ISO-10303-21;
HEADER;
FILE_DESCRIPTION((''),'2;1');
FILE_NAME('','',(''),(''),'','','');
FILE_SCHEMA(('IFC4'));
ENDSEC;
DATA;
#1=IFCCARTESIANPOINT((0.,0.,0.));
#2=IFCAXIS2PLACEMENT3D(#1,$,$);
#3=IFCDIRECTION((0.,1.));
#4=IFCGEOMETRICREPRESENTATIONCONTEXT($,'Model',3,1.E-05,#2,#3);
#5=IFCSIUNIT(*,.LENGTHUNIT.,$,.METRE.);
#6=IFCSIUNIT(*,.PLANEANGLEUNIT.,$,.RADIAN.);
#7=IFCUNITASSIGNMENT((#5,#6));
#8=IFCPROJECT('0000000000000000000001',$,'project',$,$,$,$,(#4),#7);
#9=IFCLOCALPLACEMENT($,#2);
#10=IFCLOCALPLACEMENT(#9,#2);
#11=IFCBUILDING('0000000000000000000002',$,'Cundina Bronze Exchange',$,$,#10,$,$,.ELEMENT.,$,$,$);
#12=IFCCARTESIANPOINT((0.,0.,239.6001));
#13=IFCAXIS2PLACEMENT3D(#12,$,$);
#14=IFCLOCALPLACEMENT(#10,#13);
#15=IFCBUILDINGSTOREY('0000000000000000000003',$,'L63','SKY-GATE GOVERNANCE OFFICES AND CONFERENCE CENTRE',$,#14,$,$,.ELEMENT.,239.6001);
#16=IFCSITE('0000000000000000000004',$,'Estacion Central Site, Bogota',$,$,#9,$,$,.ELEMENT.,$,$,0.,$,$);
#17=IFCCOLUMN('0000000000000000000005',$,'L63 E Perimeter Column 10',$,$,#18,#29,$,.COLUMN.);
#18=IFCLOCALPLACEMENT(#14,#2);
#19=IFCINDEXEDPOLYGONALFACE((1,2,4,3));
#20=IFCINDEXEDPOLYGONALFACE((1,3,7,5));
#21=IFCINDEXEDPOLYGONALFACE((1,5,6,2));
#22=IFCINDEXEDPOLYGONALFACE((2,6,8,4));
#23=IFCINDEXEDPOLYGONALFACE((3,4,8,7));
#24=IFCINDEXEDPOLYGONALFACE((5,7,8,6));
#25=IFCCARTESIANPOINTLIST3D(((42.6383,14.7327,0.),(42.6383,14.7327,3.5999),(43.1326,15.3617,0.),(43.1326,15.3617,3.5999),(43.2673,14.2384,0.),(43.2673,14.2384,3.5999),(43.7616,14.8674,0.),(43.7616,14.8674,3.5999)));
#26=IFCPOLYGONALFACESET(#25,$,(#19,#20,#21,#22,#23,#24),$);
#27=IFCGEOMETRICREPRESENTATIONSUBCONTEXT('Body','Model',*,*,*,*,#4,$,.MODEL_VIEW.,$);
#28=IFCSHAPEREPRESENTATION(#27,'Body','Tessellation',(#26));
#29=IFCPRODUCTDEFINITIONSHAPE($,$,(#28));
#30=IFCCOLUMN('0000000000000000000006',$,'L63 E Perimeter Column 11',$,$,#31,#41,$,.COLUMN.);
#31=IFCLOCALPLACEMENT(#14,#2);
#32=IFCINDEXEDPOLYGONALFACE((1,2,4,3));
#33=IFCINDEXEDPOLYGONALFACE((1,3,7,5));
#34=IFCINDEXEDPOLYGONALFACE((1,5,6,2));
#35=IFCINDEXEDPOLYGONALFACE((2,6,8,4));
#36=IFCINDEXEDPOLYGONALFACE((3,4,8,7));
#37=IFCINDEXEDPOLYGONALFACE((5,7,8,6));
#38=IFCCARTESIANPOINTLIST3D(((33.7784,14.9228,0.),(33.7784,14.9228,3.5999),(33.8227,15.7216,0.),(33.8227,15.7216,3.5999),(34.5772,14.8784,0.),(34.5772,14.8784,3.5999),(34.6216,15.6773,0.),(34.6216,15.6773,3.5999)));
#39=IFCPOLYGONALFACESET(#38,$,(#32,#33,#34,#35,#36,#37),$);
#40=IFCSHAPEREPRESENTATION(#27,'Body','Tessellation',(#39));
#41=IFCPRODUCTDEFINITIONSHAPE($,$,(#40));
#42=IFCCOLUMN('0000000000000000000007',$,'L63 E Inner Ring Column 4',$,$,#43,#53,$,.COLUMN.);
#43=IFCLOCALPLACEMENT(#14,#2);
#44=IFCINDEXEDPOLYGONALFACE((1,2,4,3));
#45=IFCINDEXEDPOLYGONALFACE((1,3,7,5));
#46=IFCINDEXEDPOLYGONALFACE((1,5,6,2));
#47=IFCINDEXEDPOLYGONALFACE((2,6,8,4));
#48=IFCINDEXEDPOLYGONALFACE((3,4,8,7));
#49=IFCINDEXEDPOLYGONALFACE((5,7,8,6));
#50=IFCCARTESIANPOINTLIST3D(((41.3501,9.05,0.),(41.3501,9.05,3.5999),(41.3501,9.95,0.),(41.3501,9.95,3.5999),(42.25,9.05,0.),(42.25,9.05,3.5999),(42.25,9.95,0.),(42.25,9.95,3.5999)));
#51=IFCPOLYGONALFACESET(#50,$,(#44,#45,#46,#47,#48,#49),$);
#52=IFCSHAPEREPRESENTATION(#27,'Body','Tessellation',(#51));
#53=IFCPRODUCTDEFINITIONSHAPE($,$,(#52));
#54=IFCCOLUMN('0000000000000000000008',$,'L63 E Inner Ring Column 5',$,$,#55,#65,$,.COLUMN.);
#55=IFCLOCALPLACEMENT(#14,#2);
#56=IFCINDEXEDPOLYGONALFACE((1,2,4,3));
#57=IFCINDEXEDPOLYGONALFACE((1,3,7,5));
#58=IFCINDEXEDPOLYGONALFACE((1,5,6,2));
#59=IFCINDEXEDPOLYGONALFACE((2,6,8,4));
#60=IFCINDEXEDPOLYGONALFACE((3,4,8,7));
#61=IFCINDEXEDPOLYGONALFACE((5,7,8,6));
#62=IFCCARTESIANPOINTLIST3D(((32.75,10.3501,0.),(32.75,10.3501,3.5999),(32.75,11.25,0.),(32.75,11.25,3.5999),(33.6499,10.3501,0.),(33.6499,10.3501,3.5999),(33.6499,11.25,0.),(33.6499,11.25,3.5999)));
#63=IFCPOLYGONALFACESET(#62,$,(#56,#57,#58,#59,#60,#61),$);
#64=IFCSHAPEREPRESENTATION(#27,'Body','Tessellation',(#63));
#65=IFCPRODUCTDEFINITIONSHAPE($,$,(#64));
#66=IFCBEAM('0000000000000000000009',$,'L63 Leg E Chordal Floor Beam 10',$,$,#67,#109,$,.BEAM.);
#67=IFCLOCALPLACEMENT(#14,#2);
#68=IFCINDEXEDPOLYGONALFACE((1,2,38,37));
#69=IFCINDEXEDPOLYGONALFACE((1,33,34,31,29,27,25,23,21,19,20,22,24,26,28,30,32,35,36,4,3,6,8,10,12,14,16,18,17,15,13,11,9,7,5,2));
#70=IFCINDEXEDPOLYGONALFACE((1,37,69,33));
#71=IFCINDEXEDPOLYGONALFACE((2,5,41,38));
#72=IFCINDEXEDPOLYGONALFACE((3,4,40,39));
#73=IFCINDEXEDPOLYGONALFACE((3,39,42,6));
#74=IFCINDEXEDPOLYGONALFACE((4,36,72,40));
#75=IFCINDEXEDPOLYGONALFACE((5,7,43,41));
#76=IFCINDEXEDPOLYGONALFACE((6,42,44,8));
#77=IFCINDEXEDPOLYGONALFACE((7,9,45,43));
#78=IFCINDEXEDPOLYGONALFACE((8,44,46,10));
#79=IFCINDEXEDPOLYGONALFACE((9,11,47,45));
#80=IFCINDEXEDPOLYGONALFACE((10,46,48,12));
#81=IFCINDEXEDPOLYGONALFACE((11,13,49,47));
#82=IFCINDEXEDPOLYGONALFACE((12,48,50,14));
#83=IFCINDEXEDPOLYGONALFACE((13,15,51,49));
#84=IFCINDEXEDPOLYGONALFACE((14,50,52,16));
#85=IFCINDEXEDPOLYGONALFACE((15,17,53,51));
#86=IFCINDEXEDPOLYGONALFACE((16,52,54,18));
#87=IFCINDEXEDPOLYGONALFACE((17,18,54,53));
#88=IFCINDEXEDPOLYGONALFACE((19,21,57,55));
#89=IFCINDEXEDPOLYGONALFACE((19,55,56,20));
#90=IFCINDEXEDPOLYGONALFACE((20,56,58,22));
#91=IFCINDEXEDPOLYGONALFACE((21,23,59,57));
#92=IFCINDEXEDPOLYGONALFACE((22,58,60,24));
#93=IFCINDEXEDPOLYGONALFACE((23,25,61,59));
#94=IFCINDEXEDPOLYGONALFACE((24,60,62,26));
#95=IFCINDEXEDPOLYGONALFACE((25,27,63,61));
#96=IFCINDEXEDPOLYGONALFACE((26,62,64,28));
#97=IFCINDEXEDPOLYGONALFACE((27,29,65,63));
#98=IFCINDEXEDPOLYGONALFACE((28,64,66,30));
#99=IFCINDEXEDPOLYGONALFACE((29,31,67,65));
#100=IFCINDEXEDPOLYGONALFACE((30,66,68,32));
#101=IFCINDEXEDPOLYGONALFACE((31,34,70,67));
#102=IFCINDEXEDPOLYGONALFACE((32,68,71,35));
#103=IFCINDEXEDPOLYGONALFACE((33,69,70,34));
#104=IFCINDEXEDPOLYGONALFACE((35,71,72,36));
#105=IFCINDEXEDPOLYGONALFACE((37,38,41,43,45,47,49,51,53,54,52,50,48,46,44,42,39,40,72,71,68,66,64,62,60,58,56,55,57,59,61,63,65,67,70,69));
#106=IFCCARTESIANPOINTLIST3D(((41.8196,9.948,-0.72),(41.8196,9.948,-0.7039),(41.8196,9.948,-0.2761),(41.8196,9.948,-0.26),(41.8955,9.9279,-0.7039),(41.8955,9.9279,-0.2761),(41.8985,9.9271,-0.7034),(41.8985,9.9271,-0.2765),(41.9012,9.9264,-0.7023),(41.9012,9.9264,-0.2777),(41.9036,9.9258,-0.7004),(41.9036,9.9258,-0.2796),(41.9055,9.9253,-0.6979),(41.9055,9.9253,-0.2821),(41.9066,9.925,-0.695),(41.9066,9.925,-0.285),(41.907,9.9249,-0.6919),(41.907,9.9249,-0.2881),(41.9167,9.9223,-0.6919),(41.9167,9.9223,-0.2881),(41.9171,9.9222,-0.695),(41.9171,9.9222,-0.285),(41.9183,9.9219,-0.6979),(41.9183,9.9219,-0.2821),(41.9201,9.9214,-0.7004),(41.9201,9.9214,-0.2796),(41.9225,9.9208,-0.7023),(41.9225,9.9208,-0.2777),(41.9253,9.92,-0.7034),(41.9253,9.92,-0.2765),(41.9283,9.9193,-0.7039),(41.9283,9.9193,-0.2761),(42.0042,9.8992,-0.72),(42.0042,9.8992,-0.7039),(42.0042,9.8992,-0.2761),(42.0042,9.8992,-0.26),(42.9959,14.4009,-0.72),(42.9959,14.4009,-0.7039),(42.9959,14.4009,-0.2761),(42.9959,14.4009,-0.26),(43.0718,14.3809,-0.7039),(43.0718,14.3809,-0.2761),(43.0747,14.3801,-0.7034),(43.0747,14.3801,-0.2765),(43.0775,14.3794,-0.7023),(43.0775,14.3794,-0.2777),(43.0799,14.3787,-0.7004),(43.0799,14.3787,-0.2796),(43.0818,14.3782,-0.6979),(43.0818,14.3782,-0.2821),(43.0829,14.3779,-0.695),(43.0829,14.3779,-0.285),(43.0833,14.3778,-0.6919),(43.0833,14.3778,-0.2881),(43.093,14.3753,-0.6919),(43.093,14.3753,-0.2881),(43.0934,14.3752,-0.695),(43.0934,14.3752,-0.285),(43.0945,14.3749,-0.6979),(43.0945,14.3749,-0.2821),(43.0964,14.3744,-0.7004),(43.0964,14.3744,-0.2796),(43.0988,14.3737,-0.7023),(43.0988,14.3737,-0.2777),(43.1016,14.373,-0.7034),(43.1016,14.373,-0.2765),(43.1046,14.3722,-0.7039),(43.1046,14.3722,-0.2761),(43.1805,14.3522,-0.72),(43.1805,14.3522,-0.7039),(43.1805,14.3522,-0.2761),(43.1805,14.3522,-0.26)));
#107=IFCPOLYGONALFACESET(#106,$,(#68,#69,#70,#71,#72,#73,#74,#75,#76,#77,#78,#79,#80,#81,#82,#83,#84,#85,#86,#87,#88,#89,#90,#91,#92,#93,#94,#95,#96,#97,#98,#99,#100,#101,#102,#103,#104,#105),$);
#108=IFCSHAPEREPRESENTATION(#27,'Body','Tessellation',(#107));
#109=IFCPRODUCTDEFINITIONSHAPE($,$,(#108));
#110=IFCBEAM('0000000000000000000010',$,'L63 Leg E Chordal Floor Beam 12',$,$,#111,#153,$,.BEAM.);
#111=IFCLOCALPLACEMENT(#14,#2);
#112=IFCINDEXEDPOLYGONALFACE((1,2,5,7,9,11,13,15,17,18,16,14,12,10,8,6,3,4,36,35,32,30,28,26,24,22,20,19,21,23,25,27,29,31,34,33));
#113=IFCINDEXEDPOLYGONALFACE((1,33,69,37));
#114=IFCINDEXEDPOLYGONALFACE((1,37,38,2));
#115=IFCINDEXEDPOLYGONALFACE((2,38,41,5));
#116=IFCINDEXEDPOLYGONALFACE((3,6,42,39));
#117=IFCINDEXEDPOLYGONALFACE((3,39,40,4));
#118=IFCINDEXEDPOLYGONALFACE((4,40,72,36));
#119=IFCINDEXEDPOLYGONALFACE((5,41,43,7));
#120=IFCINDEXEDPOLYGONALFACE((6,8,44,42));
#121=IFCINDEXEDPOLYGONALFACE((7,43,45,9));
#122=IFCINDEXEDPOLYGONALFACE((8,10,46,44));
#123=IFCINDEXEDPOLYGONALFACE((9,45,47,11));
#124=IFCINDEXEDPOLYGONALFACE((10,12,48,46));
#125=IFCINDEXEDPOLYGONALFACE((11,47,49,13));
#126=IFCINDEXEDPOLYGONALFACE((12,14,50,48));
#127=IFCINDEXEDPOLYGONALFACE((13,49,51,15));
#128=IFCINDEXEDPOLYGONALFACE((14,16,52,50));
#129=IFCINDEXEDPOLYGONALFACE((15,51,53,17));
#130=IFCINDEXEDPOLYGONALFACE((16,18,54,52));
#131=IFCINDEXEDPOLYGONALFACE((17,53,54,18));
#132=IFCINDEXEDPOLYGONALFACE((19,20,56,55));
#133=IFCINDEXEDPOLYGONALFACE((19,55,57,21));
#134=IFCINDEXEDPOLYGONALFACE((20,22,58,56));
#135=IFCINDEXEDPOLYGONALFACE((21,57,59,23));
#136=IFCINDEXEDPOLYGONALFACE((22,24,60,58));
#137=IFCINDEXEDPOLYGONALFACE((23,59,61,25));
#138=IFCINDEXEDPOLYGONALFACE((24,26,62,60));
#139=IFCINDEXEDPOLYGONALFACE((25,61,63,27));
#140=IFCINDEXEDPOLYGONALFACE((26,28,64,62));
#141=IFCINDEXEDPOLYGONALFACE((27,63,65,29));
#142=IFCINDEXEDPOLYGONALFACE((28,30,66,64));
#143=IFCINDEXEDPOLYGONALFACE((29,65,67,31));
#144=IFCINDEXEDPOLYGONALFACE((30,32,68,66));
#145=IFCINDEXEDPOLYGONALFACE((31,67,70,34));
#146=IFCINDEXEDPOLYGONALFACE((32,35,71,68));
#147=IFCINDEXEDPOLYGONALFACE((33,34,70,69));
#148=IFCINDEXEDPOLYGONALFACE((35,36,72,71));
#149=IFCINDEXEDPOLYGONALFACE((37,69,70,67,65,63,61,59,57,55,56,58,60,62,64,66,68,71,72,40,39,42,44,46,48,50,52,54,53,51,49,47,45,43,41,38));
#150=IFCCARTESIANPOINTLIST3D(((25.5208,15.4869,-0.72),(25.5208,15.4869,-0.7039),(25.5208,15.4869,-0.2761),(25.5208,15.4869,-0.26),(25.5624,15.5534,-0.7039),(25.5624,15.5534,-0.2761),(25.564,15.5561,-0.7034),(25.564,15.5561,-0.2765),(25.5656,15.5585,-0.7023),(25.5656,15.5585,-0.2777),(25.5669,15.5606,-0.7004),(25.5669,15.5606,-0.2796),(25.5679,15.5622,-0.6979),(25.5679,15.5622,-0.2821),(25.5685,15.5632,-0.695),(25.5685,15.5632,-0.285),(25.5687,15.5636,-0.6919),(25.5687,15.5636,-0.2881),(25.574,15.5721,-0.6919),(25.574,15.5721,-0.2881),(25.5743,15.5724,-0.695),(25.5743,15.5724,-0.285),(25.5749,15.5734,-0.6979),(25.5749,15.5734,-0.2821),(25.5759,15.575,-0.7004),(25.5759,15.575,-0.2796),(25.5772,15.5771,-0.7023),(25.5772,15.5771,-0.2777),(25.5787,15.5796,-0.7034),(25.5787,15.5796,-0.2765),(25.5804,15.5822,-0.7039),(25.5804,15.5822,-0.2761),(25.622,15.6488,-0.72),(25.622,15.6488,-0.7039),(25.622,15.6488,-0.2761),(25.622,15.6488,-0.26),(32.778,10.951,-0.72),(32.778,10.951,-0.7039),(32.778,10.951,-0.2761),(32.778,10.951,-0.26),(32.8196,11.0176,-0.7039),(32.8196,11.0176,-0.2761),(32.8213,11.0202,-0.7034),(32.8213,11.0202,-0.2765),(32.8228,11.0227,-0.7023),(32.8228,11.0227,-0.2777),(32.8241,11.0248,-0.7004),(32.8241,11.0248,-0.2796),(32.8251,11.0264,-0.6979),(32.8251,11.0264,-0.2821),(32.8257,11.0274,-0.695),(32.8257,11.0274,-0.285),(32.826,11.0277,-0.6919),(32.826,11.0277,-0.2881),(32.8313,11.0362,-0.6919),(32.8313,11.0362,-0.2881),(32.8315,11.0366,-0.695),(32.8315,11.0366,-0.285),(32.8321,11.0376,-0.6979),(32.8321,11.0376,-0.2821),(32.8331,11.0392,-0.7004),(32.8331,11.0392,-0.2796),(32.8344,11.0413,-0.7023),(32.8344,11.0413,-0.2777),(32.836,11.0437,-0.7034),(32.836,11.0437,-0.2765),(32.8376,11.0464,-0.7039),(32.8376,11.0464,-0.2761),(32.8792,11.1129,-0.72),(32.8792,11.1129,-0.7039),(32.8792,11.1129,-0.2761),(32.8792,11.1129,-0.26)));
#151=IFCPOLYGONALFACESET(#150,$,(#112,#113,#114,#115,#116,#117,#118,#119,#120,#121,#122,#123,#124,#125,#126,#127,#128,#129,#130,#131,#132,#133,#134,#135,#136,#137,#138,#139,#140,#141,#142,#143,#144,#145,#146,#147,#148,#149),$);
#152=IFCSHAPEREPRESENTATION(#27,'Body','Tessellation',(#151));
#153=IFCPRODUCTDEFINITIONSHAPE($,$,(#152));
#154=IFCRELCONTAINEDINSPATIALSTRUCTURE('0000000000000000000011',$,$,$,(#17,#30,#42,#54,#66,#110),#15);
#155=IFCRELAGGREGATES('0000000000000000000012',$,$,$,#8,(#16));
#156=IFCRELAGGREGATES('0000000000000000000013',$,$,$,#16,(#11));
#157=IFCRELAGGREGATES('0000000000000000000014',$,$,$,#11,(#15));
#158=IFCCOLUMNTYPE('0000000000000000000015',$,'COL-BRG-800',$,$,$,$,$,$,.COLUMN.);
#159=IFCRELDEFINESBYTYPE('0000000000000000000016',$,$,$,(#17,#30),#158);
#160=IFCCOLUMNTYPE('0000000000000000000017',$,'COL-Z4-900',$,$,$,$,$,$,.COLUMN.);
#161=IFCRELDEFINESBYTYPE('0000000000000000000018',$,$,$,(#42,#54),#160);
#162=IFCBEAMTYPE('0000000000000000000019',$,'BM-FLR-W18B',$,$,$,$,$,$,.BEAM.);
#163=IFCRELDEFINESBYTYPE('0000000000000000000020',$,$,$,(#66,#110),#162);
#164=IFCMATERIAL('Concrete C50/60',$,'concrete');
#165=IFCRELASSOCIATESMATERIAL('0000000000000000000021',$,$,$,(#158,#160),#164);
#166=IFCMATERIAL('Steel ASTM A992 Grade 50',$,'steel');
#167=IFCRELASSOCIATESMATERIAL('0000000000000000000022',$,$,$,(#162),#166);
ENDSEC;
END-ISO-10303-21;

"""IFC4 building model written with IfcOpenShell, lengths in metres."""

from ifc_helpers import new_model, si_unit, direction, frame, origin, origin_2d, place, context, subcontext, project, spatial, rectangle, i_section, extrude, material, material_profile, profile_set, type_object, element, save


model = new_model("IFC4")

# Units and contexts
model_context = context("Model", 3, precision=1e-05, world=origin(), true_north=direction((0.0, 1.0)))
body_context = subcontext(model_context, "Body", "Model", "MODEL_VIEW")
ifc_project = project(units=[si_unit("LENGTHUNIT", "METRE"), si_unit("PLANEANGLEUNIT", "RADIAN")], contexts=[model_context])

# Site, building, storey
site_placement = place(None, origin())
site = spatial("IfcSite", under=ifc_project, at=site_placement, Name="Estacion Central Site, Bogota", CompositionType="ELEMENT", RefElevation=0.0)
building_placement = place(site_placement, origin())
building = spatial("IfcBuilding", under=site, at=building_placement, Name="Cundina Bronze Exchange", CompositionType="ELEMENT")
storey_placement = place(building_placement, frame((0.0, 0.0, 239.6001)))
storey = spatial("IfcBuildingStorey", under=building, at=storey_placement, Name="L63", Description="SKY-GATE GOVERNANCE OFFICES AND CONFERENCE CENTRE", CompositionType="ELEMENT", Elevation=239.6001)

# Columns
ifc_material_1 = material(Name="Concrete C50/60", Category="concrete")
ifc_material_profile_1 = material_profile(ifc_material_1, rectangle(XDim=0.8, YDim=0.8, at=origin_2d()), Name="RC800X800", Category="concrete")
ifc_profile_set_1 = profile_set([ifc_material_profile_1], Name="Concrete C50/60")
column_type_1 = type_object("IfcColumnType", Name="COL-BRG-800", PredefinedType="COLUMN", material=ifc_profile_set_1)
for number, where, z_axis, x_axis, name in (
    (1, (43.2, 14.8, 0.0), (0.0, 0.0, 1.0), (-0.786288, 0.61786, 0.0), "L63 E Perimeter Column 10"),
    (2, (34.2, 15.3, 0.0), (0.0, 0.0, 1.0), (-0.99846, 0.055473, 0.0), "L63 E Perimeter Column 11"),
):
    element("IfcColumn", number, at=place(storey_placement, frame(where, z_axis=z_axis, x_axis=x_axis)), inside=storey, type_object=column_type_1, Name=name, PredefinedType="COLUMN", context=body_context, shape_type="SweptSolid", body=[
        extrude(rectangle(XDim=0.8, YDim=0.8, at=origin_2d()), origin(), (0.0, 0.0, 1.0), 3.5999),
    ])
ifc_material_profile_2 = material_profile(ifc_material_1, rectangle(XDim=0.8999, YDim=0.8999, at=origin_2d()), Name="RC900X900", Category="concrete")
ifc_profile_set_2 = profile_set([ifc_material_profile_2], Name="Concrete C50/60")
column_type_2 = type_object("IfcColumnType", Name="COL-Z4-900", PredefinedType="COLUMN", material=ifc_profile_set_2)
for number, where, z_axis, x_axis, name in (
    (3, (41.8, 9.5, 0.0), (0.0, 0.0, 1.0), (1.0, 0.0, 0.0), "L63 E Inner Ring Column 4"),
    (4, (33.2, 10.8, 0.0), (0.0, 0.0, 1.0), (1.0, 0.0, 0.0), "L63 E Inner Ring Column 5"),
):
    element("IfcColumn", number, at=place(storey_placement, frame(where, z_axis=z_axis, x_axis=x_axis)), inside=storey, type_object=column_type_2, Name=name, PredefinedType="COLUMN", context=body_context, shape_type="SweptSolid", body=[
        extrude(rectangle(XDim=0.8999, YDim=0.8999, at=origin_2d()), origin(), (0.0, 0.0, 1.0), 3.5999),
    ])

# Beams
ifc_material_2 = material(Name="Steel ASTM A992 Grade 50", Category="steel")
ifc_material_profile_3 = material_profile(ifc_material_2, i_section(OverallWidth=0.1909, OverallDepth=0.46, WebThickness=0.01, FlangeThickness=0.0161, FilletRadius=0.012, at=origin_2d()), Name="W18X55", Category="steel")
ifc_profile_set_3 = profile_set([ifc_material_profile_3], Name="Steel ASTM A992 Grade 50")
beam_type_1 = type_object("IfcBeamType", Name="BM-FLR-W18B", PredefinedType="BEAM", material=ifc_profile_set_3)
beam_1_placement = place(storey_placement, frame((41.9119, 9.9236, -0.49), z_axis=(0.255399, 0.966836, 0.0), x_axis=(-0.966836, 0.255399, 0.0)))
element("IfcBeam", 5, at=beam_1_placement, inside=storey, type_object=beam_type_1, Name="L63 Leg E Chordal Floor Beam 10", PredefinedType="BEAM", context=body_context, shape_type="SweptSolid", body=[
    extrude(i_section(OverallWidth=0.1909, OverallDepth=0.46, WebThickness=0.01, FlangeThickness=0.0161, FilletRadius=0.012, at=origin_2d()), origin(), (0.0, 0.0, 1.0), 4.6057),
])
beam_2_placement = place(storey_placement, frame((32.8286, 11.032, -0.49), z_axis=(-0.847995, 0.530004, 0.0), x_axis=(-0.530004, -0.847995, 0.0)))
element("IfcBeam", 6, at=beam_2_placement, inside=storey, type_object=beam_type_1, Name="L63 Leg E Chordal Floor Beam 12", PredefinedType="BEAM", context=body_context, shape_type="SweptSolid", body=[
    extrude(i_section(OverallWidth=0.1909, OverallDepth=0.46, WebThickness=0.01, FlangeThickness=0.0161, FilletRadius=0.012, at=origin_2d()), origin(), (0.0, 0.0, 1.0), 8.5581),
])

save(model, "model.ifc")
